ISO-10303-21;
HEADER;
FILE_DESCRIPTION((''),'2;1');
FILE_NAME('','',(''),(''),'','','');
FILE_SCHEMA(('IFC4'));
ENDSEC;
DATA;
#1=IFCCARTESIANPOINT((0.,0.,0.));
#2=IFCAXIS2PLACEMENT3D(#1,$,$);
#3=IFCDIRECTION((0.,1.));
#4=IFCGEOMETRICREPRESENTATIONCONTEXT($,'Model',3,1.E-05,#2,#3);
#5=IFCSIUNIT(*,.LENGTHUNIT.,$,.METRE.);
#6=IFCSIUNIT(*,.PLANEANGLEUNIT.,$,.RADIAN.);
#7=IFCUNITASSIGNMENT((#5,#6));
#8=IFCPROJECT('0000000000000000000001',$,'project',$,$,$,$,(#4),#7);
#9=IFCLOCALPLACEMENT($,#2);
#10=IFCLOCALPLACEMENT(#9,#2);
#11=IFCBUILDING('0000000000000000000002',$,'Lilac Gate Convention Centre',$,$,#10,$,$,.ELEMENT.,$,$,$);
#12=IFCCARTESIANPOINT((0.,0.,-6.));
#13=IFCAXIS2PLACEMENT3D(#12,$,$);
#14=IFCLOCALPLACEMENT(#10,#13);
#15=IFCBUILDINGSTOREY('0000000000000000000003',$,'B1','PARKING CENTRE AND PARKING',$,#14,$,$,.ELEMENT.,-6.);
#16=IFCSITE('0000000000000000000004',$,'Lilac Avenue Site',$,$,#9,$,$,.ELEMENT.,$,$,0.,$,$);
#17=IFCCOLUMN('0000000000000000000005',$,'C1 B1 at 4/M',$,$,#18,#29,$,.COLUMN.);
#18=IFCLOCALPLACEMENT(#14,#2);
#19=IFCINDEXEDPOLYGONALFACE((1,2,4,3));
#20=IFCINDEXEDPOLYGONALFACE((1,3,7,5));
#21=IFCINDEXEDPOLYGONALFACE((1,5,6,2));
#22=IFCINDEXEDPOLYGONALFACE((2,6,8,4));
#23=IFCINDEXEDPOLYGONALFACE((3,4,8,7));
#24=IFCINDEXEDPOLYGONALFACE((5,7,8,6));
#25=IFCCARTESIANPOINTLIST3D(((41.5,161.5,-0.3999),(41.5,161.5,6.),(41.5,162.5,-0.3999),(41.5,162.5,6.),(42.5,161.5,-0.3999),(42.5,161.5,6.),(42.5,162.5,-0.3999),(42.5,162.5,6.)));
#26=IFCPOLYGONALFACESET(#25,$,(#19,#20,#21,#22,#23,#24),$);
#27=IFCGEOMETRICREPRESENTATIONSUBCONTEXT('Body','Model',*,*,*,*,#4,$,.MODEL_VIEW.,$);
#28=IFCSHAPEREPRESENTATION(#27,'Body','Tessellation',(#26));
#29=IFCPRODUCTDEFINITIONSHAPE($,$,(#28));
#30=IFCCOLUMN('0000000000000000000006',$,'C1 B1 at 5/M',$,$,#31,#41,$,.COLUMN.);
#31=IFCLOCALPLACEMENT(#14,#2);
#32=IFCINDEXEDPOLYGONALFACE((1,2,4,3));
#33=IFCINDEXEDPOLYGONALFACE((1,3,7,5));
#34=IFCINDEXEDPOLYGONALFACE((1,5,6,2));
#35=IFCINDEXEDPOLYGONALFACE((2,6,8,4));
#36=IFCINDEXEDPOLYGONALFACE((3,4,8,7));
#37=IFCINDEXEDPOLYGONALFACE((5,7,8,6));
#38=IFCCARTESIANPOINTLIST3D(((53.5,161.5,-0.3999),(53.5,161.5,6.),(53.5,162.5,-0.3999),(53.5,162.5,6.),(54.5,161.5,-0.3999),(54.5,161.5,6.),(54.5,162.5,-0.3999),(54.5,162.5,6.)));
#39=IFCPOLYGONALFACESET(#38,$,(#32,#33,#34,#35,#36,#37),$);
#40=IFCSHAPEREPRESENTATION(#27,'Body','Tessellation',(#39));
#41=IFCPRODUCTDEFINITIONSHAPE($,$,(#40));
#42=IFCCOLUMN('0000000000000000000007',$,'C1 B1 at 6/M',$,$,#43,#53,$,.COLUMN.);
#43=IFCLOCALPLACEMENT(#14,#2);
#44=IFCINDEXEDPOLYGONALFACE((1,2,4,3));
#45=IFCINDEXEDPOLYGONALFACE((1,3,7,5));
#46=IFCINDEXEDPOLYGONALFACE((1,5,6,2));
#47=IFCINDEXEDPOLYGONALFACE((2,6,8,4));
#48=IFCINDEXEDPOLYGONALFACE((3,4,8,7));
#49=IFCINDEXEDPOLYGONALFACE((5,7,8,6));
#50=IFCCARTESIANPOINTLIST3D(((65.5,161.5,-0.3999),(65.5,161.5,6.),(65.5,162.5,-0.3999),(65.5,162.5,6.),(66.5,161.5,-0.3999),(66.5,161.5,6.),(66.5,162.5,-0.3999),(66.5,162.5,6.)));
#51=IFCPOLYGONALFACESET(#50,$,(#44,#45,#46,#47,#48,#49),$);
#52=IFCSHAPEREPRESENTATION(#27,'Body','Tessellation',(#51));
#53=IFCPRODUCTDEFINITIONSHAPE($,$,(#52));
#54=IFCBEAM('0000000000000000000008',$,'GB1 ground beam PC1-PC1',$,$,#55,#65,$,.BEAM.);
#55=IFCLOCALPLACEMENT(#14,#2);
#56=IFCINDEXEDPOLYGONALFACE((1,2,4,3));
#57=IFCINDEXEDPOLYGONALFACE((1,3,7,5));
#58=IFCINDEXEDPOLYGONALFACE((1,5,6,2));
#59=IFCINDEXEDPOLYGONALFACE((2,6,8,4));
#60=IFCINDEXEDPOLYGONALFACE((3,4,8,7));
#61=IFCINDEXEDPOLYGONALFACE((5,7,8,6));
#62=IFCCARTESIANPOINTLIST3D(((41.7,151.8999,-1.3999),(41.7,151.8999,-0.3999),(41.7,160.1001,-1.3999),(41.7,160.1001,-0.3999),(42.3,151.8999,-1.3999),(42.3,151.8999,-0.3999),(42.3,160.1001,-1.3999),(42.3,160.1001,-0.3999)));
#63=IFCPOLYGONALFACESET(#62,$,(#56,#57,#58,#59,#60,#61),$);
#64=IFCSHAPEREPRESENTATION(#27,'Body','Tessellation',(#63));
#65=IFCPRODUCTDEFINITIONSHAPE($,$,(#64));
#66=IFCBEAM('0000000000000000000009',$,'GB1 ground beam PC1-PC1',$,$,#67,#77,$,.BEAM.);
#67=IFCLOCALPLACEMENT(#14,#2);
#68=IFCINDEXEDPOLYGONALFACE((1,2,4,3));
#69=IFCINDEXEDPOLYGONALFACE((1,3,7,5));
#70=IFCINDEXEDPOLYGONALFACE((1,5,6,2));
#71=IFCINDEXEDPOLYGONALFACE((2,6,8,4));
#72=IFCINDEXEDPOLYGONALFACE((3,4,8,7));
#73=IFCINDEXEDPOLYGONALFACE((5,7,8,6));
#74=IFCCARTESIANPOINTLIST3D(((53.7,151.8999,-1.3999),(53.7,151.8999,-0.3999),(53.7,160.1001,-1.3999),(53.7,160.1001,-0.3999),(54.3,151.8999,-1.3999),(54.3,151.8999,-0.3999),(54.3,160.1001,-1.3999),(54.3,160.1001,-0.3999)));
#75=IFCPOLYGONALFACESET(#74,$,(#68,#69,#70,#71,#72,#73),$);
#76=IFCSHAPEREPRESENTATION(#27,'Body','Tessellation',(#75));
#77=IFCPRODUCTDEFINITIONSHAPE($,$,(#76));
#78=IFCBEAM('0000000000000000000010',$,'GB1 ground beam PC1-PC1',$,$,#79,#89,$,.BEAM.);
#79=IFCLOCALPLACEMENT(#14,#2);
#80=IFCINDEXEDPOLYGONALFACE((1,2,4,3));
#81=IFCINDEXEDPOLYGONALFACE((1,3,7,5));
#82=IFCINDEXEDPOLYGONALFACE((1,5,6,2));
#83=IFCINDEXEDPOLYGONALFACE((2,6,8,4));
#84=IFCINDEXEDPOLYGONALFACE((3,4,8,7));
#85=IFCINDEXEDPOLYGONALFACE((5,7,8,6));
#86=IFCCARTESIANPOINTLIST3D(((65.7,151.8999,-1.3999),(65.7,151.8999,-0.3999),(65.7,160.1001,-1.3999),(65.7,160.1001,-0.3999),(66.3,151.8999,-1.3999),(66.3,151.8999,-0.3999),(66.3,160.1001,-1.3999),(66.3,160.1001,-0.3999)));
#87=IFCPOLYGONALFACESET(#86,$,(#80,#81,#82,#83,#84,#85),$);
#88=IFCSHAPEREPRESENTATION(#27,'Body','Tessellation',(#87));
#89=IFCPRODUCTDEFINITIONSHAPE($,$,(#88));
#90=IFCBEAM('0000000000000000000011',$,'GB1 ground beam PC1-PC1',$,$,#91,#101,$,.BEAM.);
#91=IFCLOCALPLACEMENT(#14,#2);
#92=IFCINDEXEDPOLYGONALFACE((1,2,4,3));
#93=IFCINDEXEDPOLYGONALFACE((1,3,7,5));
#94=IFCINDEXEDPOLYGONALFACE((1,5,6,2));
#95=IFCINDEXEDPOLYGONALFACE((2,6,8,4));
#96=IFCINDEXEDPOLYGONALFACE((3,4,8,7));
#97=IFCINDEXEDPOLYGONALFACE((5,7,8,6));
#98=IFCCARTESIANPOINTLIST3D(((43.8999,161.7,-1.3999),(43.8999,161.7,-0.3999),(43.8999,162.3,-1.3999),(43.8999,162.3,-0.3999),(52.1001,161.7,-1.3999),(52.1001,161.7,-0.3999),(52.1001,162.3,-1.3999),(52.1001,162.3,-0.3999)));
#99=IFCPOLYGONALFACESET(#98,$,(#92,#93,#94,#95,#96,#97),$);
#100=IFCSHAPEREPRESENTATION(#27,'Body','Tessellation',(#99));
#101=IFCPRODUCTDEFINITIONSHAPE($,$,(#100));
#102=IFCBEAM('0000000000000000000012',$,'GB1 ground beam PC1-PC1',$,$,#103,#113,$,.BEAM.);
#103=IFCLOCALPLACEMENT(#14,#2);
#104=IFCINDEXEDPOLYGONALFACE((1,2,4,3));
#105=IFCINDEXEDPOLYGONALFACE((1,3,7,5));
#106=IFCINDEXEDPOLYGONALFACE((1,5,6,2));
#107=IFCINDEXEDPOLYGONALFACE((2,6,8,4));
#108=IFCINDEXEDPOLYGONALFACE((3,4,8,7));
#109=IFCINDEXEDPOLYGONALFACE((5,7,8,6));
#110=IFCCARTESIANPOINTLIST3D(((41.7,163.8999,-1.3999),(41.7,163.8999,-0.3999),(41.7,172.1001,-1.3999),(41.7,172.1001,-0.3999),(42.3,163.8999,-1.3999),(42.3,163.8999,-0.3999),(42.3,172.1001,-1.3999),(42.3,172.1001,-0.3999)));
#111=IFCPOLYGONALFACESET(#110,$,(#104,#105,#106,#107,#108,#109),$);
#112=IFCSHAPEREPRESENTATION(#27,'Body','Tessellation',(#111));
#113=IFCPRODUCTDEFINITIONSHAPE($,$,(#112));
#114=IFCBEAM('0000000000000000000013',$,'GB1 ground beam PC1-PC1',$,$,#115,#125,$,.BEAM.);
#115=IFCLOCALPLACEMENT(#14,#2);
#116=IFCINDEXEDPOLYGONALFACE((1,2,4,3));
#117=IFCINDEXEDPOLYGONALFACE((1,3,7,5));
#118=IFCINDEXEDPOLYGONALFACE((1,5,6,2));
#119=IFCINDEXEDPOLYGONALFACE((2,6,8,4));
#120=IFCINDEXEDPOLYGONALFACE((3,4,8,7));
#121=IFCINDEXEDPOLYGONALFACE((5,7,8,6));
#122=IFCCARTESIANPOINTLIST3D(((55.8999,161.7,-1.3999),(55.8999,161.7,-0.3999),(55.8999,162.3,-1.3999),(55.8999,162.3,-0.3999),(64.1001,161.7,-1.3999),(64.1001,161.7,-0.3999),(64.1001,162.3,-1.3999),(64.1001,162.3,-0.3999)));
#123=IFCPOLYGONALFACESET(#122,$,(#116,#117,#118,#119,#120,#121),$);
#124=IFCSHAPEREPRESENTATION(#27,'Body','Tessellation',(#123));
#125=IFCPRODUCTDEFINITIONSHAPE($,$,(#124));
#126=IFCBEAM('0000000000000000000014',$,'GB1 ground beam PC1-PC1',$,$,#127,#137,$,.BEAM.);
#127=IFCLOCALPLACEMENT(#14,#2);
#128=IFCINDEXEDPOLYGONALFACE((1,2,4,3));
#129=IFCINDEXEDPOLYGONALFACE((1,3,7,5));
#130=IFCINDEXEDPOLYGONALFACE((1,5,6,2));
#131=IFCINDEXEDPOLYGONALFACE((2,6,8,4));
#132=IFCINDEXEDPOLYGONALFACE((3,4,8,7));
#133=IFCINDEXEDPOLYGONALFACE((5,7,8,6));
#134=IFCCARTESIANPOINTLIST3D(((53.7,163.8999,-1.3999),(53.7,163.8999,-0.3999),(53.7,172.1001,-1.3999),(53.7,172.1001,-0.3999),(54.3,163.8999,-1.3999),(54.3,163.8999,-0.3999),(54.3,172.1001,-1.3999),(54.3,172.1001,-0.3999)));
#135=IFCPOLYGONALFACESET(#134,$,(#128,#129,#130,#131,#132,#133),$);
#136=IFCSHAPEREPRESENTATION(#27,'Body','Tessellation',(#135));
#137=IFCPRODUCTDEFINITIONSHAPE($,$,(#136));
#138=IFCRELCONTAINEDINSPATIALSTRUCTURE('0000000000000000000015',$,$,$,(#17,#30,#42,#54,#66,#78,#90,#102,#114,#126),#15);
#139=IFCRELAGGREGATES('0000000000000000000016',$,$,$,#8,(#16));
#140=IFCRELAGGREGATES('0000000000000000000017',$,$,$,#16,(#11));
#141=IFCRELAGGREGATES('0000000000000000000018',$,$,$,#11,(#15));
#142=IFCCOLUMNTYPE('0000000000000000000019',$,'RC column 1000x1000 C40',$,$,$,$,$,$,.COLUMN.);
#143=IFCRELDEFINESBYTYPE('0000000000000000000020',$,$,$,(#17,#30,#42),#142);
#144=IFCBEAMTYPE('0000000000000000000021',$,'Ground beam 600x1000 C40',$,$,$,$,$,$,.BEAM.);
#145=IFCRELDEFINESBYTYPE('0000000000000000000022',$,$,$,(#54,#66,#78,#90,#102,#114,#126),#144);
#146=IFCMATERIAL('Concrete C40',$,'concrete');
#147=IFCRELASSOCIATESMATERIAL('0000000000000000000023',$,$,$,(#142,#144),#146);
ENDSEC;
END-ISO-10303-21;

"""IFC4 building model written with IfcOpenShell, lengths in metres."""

from ifc_helpers import new_model, si_unit, direction, frame, origin, origin_2d, place, context, subcontext, project, spatial, rectangle, extrude, material, material_profile, profile_set, type_object, element, save


model = new_model("IFC4")

# Units and contexts
model_context = context("Model", 3, precision=1e-05, world=origin(), true_north=direction((0.0, 1.0)))
body_context = subcontext(model_context, "Body", "Model", "MODEL_VIEW")
ifc_project = project(units=[si_unit("LENGTHUNIT", "METRE"), si_unit("PLANEANGLEUNIT", "RADIAN")], contexts=[model_context])

# Site, building, storey
site_placement = place(None, origin())
site = spatial("IfcSite", under=ifc_project, at=site_placement, Name="Lilac Avenue Site", CompositionType="ELEMENT", RefElevation=0.0)
building_placement = place(site_placement, origin())
building = spatial("IfcBuilding", under=site, at=building_placement, Name="Lilac Gate Convention Centre", CompositionType="ELEMENT")
storey_placement = place(building_placement, frame((0.0, 0.0, -6.0)))
storey = spatial("IfcBuildingStorey", under=building, at=storey_placement, Name="B1", Description="PARKING CENTRE AND PARKING", CompositionType="ELEMENT", Elevation=-6.0)

# Columns
ifc_material_1 = material(Name="Concrete C40", Category="concrete")
ifc_material_profile_1 = material_profile(ifc_material_1, rectangle(XDim=1.0, YDim=1.0, at=origin_2d()), Name="RC 1000x1000")
ifc_profile_set_1 = profile_set([ifc_material_profile_1], Name="Concrete C40")
column_type = type_object("IfcColumnType", Name="RC column 1000x1000 C40", PredefinedType="COLUMN", material=ifc_profile_set_1)
for number, where, z_axis, x_axis, name in (
    (1, (42.0, 162.0, -0.3999), (0.0, 0.0, 1.0), (1.0, 0.0, 0.0), "C1 B1 at 4/M"),
    (2, (54.0, 162.0, -0.3999), (0.0, 0.0, 1.0), (1.0, 0.0, 0.0), "C1 B1 at 5/M"),
    (3, (66.0, 162.0, -0.3999), (0.0, 0.0, 1.0), (1.0, 0.0, 0.0), "C1 B1 at 6/M"),
):
    element("IfcColumn", number, at=place(storey_placement, frame(where, z_axis=z_axis, x_axis=x_axis)), inside=storey, type_object=column_type, Name=name, PredefinedType="COLUMN", context=body_context, shape_type="SweptSolid", body=[
        extrude(rectangle(XDim=1.0, YDim=1.0, at=origin_2d()), origin(), (0.0, 0.0, 1.0), 6.3999),
    ])

# Beams
ifc_material_profile_2 = material_profile(ifc_material_1, rectangle(XDim=0.6001, YDim=1.0, at=origin_2d()), Name="RC 600x1000")
ifc_profile_set_2 = profile_set([ifc_material_profile_2], Name="Concrete C40")
beam_type = type_object("IfcBeamType", Name="Ground beam 600x1000 C40", PredefinedType="BEAM", material=ifc_profile_set_2)
for number, where, z_axis, x_axis, name in (
    (4, (42.0, 151.8999, -0.8999), (0.0, 1.0, 0.0), (-1.0, 0.0, 0.0), "GB1 ground beam PC1-PC1"),
    (5, (54.0, 151.8999, -0.8999), (0.0, 1.0, 0.0), (-1.0, 0.0, 0.0), "GB1 ground beam PC1-PC1"),
    (6, (66.0, 151.8999, -0.8999), (0.0, 1.0, 0.0), (-1.0, 0.0, 0.0), "GB1 ground beam PC1-PC1"),
    (7, (43.8999, 162.0, -0.8999), (1.0, 0.0, 0.0), (0.0, 1.0, 0.0), "GB1 ground beam PC1-PC1"),
    (8, (42.0, 163.8999, -0.8999), (0.0, 1.0, 0.0), (-1.0, 0.0, 0.0), "GB1 ground beam PC1-PC1"),
    (9, (55.8999, 162.0, -0.8999), (1.0, 0.0, 0.0), (0.0, 1.0, 0.0), "GB1 ground beam PC1-PC1"),
    (10, (54.0, 163.8999, -0.8999), (0.0, 1.0, 0.0), (-1.0, 0.0, 0.0), "GB1 ground beam PC1-PC1"),
):
    element("IfcBeam", number, at=place(storey_placement, frame(where, z_axis=z_axis, x_axis=x_axis)), inside=storey, type_object=beam_type, Name=name, PredefinedType="BEAM", context=body_context, shape_type="SweptSolid", body=[
        extrude(rectangle(XDim=0.6001, YDim=1.0, at=origin_2d()), origin(), (0.0, 0.0, 1.0), 8.2002),
    ])

save(model, "model.ifc")
